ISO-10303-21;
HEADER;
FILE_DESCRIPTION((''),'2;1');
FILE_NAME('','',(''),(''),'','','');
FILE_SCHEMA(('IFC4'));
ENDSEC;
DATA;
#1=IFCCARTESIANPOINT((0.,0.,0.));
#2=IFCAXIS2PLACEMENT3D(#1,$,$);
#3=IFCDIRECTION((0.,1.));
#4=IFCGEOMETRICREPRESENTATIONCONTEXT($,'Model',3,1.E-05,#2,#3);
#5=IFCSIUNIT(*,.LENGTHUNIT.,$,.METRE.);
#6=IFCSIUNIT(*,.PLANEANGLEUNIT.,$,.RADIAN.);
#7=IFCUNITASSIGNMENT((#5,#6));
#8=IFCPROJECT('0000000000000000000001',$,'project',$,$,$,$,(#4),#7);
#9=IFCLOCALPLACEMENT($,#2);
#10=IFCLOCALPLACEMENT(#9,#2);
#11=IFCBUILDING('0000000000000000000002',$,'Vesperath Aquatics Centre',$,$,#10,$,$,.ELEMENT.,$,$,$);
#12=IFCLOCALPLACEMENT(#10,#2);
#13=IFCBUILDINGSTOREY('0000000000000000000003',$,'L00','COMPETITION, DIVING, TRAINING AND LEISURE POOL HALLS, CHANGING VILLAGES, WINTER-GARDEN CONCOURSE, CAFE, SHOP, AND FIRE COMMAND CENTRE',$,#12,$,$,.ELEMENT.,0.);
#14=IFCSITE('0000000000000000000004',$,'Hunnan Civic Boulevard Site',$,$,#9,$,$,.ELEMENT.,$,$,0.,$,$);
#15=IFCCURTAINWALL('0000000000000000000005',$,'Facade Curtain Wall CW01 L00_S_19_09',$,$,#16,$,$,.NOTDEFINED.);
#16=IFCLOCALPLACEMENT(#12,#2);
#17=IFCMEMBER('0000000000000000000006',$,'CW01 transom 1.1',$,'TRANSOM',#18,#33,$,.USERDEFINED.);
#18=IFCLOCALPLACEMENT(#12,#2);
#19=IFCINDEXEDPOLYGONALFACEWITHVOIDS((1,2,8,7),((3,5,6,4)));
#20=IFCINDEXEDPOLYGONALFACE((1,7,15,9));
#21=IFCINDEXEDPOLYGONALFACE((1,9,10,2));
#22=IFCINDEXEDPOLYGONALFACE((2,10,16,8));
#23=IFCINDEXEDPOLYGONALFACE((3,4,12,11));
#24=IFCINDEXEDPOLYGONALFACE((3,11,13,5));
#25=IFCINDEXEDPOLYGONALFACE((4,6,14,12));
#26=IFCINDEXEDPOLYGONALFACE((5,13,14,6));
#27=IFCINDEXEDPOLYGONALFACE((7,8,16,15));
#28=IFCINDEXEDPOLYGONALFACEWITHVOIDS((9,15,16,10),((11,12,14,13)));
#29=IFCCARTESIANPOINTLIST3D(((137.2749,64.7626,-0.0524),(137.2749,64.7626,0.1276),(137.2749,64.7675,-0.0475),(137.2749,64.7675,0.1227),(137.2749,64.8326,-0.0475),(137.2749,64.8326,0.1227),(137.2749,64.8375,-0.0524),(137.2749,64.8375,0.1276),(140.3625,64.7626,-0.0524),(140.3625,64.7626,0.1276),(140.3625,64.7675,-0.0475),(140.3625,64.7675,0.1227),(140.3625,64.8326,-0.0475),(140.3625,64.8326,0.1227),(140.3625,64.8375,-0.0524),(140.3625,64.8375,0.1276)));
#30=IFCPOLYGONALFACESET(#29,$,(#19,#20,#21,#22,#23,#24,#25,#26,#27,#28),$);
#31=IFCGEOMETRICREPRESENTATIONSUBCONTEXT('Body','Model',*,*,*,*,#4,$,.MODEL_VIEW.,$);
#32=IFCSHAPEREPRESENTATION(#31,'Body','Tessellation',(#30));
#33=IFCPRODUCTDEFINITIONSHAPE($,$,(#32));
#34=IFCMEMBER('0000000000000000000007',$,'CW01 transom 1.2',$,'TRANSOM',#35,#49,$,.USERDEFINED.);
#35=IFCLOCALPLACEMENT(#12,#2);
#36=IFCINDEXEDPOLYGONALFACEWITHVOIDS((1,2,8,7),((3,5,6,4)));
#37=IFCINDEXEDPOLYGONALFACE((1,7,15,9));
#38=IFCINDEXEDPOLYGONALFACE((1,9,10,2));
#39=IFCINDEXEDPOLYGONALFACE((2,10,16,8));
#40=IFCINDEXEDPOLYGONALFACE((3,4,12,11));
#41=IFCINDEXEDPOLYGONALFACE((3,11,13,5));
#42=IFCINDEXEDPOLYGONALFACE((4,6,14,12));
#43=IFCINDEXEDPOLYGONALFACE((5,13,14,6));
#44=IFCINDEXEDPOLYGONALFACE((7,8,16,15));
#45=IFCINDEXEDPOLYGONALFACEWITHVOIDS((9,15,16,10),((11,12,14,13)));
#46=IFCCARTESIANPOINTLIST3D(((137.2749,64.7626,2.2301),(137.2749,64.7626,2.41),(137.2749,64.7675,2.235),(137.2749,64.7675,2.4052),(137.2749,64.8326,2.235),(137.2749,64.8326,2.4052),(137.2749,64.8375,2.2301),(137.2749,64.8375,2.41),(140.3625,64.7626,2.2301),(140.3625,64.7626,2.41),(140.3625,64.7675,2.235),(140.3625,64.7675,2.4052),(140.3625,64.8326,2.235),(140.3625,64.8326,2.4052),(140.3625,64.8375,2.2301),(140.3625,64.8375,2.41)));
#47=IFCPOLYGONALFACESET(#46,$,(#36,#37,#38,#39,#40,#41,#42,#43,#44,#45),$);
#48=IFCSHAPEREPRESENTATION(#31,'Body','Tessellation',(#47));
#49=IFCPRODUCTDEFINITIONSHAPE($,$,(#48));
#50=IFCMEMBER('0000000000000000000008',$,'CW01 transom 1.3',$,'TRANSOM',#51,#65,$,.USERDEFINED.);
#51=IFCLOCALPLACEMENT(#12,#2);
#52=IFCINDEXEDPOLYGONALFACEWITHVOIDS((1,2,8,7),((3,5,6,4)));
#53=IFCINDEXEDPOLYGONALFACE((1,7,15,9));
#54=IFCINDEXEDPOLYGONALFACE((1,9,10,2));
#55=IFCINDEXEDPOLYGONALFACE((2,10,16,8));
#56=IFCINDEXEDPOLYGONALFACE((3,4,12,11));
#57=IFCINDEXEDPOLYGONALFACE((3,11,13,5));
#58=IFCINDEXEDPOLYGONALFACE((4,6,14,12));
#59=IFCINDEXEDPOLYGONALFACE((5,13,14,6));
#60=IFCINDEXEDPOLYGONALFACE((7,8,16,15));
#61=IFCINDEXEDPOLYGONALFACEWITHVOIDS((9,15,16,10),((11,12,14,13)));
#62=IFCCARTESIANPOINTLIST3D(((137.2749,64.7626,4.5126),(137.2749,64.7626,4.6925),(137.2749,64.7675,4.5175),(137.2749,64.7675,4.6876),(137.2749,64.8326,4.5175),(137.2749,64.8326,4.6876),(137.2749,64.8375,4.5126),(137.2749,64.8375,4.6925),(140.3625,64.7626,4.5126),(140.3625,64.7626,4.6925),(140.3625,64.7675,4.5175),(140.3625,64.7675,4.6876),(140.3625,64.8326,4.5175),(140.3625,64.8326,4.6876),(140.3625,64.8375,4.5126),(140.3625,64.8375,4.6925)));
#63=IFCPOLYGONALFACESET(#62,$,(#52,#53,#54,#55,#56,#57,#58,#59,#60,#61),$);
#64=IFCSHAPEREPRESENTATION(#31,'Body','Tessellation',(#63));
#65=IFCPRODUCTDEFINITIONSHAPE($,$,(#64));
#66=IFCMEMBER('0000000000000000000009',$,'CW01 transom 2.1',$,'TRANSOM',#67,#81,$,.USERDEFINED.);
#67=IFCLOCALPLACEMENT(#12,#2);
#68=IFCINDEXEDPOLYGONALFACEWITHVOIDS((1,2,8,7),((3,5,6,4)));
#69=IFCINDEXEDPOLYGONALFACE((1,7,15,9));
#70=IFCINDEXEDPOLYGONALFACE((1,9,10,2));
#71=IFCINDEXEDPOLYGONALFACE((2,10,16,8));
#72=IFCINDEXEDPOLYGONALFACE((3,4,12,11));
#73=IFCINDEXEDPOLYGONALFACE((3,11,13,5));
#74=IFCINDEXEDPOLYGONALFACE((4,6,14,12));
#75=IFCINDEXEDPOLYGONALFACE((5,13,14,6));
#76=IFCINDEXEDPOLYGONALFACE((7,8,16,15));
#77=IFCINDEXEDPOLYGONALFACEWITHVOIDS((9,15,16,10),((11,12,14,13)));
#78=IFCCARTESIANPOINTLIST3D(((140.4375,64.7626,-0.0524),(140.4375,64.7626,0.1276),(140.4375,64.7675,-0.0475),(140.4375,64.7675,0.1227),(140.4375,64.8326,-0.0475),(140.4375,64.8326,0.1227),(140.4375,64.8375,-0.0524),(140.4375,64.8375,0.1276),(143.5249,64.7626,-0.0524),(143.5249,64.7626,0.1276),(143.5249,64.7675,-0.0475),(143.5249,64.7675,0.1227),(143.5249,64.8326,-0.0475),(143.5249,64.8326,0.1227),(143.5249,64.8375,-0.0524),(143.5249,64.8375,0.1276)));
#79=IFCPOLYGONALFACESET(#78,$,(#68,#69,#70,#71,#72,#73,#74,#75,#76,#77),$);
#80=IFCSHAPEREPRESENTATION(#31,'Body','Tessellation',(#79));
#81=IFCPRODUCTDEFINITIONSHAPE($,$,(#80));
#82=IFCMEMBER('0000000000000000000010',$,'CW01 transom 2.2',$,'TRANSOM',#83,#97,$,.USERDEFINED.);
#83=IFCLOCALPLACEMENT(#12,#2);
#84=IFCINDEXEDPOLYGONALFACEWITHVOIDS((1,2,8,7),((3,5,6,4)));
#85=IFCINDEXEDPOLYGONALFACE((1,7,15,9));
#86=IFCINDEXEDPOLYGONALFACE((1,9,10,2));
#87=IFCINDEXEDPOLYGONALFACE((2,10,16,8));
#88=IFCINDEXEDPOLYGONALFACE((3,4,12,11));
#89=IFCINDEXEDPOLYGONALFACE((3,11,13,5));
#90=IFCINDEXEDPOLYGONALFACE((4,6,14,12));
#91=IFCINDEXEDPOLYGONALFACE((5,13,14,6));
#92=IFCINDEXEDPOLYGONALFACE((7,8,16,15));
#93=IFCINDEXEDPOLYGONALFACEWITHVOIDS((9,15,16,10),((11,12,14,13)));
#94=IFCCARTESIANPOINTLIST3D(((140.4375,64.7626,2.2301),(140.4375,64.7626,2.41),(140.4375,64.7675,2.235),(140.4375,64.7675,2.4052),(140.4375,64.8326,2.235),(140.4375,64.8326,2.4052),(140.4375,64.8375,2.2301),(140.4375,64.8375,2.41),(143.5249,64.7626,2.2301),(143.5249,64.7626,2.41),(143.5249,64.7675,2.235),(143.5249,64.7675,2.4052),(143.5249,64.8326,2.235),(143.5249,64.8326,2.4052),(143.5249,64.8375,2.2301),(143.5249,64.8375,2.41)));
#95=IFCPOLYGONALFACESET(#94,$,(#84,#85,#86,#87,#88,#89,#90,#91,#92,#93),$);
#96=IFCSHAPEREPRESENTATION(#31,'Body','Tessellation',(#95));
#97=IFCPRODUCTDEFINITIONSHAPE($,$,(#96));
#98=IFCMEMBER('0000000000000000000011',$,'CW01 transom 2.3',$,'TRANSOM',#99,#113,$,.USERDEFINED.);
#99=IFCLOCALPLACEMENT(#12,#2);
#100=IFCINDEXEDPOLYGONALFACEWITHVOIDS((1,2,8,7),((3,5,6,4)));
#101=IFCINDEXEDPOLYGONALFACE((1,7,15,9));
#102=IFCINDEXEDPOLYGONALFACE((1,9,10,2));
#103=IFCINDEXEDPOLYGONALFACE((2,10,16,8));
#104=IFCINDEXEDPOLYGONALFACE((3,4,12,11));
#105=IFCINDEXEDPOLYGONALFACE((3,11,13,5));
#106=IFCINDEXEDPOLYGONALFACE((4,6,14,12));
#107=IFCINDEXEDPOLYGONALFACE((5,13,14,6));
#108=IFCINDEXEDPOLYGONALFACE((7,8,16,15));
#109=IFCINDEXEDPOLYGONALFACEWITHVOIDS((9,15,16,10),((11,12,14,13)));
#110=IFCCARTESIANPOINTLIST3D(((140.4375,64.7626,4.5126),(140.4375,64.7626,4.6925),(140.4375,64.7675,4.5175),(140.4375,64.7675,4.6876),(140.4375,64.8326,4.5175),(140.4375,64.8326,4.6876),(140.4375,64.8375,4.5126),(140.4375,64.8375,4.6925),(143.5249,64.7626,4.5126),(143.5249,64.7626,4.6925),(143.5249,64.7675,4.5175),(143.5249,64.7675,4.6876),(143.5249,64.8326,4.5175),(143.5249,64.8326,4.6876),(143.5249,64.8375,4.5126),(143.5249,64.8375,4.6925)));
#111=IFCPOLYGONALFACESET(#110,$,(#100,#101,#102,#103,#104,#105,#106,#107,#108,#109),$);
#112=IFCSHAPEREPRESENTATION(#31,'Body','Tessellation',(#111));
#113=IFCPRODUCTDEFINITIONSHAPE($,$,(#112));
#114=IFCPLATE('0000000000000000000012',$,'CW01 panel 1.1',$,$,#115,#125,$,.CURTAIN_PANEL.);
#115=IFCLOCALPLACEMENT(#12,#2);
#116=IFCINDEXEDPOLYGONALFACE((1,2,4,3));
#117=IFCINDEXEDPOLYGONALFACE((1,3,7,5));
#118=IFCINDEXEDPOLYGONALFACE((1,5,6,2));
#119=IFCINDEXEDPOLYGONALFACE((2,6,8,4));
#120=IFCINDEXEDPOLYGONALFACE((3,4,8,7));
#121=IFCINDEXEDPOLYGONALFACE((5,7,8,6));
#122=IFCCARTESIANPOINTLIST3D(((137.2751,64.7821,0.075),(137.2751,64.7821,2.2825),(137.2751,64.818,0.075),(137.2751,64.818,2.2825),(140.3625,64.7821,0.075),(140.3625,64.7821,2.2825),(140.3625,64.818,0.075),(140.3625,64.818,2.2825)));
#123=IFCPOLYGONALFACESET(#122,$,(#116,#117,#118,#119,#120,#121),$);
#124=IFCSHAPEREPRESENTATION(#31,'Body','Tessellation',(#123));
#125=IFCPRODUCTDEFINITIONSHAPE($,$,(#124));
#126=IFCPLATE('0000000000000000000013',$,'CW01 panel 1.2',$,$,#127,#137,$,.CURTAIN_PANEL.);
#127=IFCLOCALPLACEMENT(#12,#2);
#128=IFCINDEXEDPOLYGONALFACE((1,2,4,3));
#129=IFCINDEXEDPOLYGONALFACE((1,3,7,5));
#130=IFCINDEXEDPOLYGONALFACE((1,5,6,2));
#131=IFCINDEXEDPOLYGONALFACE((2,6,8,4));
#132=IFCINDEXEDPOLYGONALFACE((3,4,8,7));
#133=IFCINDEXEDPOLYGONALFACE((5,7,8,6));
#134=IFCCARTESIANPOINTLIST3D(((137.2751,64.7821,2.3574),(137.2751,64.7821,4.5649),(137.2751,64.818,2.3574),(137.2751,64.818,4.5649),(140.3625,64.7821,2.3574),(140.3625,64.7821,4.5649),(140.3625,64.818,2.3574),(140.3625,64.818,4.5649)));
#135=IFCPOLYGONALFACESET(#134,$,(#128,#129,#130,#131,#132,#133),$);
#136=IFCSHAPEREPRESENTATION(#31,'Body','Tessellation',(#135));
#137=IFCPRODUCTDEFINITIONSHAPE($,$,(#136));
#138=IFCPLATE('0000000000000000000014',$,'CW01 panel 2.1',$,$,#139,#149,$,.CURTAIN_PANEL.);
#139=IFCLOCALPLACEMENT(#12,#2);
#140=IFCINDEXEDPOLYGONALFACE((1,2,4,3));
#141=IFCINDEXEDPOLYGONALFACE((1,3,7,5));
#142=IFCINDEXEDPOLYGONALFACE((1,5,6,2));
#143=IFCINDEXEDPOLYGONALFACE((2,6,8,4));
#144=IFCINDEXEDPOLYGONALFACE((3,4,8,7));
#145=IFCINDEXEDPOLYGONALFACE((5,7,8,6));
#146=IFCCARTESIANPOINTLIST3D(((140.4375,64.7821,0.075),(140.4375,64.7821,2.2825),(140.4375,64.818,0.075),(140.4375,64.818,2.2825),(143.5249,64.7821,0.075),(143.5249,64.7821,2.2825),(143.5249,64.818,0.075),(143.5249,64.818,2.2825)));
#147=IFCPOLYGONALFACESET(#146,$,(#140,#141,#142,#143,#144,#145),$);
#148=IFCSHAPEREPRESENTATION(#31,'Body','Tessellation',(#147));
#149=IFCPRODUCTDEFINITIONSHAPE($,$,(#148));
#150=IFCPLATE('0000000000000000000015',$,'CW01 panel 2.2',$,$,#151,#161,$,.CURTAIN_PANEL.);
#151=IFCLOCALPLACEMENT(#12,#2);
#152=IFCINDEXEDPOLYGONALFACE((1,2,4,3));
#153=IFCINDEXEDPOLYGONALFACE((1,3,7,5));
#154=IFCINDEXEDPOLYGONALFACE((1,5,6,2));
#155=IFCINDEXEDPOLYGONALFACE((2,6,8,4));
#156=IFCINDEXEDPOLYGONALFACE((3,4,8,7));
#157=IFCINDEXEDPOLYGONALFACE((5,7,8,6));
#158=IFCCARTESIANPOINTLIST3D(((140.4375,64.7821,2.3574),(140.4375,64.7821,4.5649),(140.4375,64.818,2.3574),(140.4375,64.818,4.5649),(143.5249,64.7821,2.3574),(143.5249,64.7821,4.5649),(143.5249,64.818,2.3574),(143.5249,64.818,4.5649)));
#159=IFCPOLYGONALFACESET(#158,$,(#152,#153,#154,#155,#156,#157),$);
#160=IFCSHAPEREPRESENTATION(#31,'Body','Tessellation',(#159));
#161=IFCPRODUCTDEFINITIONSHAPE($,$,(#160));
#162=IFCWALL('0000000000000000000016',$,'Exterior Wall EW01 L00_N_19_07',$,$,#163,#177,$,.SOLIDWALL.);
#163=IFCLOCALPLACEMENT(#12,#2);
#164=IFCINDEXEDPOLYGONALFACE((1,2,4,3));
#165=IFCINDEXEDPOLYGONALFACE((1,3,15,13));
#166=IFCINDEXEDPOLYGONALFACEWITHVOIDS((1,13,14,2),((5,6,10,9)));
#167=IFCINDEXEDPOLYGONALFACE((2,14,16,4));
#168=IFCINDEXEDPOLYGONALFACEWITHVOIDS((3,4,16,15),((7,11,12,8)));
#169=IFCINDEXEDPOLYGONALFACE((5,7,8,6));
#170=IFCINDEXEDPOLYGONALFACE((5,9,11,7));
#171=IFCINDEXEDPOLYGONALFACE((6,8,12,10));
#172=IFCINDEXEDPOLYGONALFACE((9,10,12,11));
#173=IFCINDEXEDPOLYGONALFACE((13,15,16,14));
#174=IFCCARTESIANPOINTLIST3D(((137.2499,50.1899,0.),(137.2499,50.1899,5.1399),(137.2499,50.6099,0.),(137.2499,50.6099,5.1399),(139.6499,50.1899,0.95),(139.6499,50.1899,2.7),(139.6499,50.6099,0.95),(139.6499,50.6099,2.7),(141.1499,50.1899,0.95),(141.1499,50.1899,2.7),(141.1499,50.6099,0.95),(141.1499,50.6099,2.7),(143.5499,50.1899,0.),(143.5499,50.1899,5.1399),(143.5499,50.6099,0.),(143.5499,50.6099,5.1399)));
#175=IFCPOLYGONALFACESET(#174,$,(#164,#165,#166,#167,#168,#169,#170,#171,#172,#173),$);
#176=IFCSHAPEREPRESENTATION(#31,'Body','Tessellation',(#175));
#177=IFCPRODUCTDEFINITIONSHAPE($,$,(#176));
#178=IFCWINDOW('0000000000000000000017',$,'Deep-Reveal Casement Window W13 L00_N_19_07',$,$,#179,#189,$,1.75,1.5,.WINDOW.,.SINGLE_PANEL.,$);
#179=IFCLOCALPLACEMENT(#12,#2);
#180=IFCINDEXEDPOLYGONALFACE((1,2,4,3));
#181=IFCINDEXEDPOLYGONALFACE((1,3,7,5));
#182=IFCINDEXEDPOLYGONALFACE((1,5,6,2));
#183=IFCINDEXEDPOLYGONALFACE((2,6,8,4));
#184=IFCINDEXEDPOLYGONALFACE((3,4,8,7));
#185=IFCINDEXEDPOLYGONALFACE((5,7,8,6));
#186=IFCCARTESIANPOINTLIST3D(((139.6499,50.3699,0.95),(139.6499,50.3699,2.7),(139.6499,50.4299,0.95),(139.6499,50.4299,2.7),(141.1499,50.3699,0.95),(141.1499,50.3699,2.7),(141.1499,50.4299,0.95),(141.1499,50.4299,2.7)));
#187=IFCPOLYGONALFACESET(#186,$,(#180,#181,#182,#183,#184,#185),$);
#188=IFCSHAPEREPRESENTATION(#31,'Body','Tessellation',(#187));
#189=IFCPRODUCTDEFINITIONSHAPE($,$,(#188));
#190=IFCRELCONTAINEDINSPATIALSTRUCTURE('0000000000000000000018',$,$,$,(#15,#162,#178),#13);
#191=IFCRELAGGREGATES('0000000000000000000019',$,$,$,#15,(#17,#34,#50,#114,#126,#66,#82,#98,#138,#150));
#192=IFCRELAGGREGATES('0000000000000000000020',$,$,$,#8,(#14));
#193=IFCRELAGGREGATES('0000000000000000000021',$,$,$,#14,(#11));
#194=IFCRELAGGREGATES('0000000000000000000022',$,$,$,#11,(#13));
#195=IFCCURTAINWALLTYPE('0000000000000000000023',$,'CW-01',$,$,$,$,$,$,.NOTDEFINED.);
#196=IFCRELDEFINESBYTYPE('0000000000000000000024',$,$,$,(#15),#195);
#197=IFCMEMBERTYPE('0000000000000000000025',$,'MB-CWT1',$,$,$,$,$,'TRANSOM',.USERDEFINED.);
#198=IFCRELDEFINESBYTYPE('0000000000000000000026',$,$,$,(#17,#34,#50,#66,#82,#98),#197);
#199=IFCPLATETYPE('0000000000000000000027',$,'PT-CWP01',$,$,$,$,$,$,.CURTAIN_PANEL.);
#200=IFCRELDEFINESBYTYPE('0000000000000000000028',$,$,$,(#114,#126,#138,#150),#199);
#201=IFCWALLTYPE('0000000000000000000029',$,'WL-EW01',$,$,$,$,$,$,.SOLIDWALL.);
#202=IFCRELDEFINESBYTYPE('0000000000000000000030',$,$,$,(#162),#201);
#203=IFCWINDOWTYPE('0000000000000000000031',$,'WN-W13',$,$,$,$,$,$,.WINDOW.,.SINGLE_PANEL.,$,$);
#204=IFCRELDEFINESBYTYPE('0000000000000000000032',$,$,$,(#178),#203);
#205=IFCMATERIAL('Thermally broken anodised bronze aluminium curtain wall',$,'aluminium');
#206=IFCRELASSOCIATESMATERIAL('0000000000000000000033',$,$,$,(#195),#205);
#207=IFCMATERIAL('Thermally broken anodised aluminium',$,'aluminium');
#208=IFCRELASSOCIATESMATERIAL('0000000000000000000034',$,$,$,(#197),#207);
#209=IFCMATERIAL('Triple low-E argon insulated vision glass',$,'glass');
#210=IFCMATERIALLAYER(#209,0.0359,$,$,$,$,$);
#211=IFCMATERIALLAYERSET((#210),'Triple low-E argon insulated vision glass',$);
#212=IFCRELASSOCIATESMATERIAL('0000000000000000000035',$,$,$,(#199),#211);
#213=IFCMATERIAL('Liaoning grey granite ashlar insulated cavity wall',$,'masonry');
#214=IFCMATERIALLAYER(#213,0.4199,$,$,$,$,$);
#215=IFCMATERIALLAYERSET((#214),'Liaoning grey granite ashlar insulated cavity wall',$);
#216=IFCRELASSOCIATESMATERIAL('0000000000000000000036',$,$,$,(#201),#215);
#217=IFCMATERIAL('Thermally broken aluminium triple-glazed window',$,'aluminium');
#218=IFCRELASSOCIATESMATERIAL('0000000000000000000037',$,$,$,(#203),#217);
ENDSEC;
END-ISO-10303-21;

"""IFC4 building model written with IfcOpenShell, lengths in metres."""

from ifc_helpers import new_model, si_unit, direction, frame, frame_2d, origin, origin_2d, place, context, subcontext, project, spatial, rectangle, hollow_rectangle, extrude, material, layer, layer_set, material_profile, profile_set, type_object, element, fill, aggregate, save


model = new_model("IFC4")

# Units and contexts
model_context = context("Model", 3, precision=1e-05, world=origin(), true_north=direction((0.0, 1.0)))
body_context = subcontext(model_context, "Body", "Model", "MODEL_VIEW")
ifc_project = project(units=[si_unit("LENGTHUNIT", "METRE"), si_unit("PLANEANGLEUNIT", "RADIAN")], contexts=[model_context])

# Site, building, storey
site_placement = place(None, origin())
site = spatial("IfcSite", under=ifc_project, at=site_placement, Name="Hunnan Civic Boulevard Site", CompositionType="ELEMENT", RefElevation=0.0)
building_placement = place(site_placement, origin())
building = spatial("IfcBuilding", under=site, at=building_placement, Name="Vesperath Aquatics Centre", CompositionType="ELEMENT")
storey_placement = place(building_placement, origin())
storey = spatial("IfcBuildingStorey", under=building, at=storey_placement, Name="L00", Description="COMPETITION, DIVING, TRAINING AND LEISURE POOL HALLS, CHANGING VILLAGES, WINTER-GARDEN CONCOURSE, CAFE, SHOP, AND FIRE COMMAND CENTRE", CompositionType="ELEMENT", Elevation=0.0)

# Curtain wall, members, plates
ifc_material_1 = material(Name="Thermally broken anodised bronze aluminium curtain wall", Category="aluminium")
curtain_wall_type = type_object("IfcCurtainWallType", Name="CW-01", PredefinedType="NOTDEFINED", material=ifc_material_1)
curtain_wall_placement = place(storey_placement, origin())
curtain_wall = element("IfcCurtainWall", 1, at=curtain_wall_placement, inside=storey, type_object=curtain_wall_type, Name="Facade Curtain Wall CW01 L00_S_19_09", PredefinedType="NOTDEFINED")
ifc_material_2 = material(Name="Thermally broken anodised aluminium", Category="aluminium")
ifc_material_profile_1 = material_profile(ifc_material_2, hollow_rectangle(XDim=0.075, YDim=0.1799, WallThickness=0.0049, at=origin_2d()), Name="CWT 75x180x5")
ifc_profile_set_1 = profile_set([ifc_material_profile_1], Name="Thermally broken anodised aluminium")
member_type_1 = type_object("IfcMemberType", Name="MB-CWT1", ElementType="TRANSOM", PredefinedType="USERDEFINED", material=ifc_profile_set_1)
member_1_placement = place(storey_placement, frame((137.2749, 64.8, 0.0376), z_axis=(1.0, 0.0, 0.0), x_axis=(0.0, 1.0, 0.0)))
member_1 = element("IfcMember", 2, at=member_1_placement, type_object=member_type_1, Name="CW01 transom 1.1", ObjectType="TRANSOM", PredefinedType="USERDEFINED", context=body_context, shape_type="SweptSolid", body=[
    extrude(hollow_rectangle(XDim=0.075, YDim=0.1799, WallThickness=0.0049, at=origin_2d()), origin(), (0.0, 0.0, 1.0), 3.0876),
])
member_2_placement = place(storey_placement, frame((137.2749, 64.8, 2.3201), z_axis=(1.0, 0.0, 0.0), x_axis=(0.0, 1.0, 0.0)))
member_2 = element("IfcMember", 3, at=member_2_placement, type_object=member_type_1, Name="CW01 transom 1.2", ObjectType="TRANSOM", PredefinedType="USERDEFINED", context=body_context, shape_type="SweptSolid", body=[
    extrude(hollow_rectangle(XDim=0.075, YDim=0.1799, WallThickness=0.0049, at=origin_2d()), origin(), (0.0, 0.0, 1.0), 3.0876),
])
member_3_placement = place(storey_placement, frame((137.2749, 64.8, 4.6025), z_axis=(1.0, 0.0, 0.0), x_axis=(0.0, 1.0, 0.0)))
member_3 = element("IfcMember", 4, at=member_3_placement, type_object=member_type_1, Name="CW01 transom 1.3", ObjectType="TRANSOM", PredefinedType="USERDEFINED", context=body_context, shape_type="SweptSolid", body=[
    extrude(hollow_rectangle(XDim=0.075, YDim=0.1799, WallThickness=0.0049, at=origin_2d()), origin(), (0.0, 0.0, 1.0), 3.0876),
])
member_4_placement = place(storey_placement, frame((140.4375, 64.8, 0.0376), z_axis=(1.0, 0.0, 0.0), x_axis=(0.0, 1.0, 0.0)))
member_4 = element("IfcMember", 5, at=member_4_placement, type_object=member_type_1, Name="CW01 transom 2.1", ObjectType="TRANSOM", PredefinedType="USERDEFINED", context=body_context, shape_type="SweptSolid", body=[
    extrude(hollow_rectangle(XDim=0.075, YDim=0.1799, WallThickness=0.0049, at=origin_2d()), origin(), (0.0, 0.0, 1.0), 3.0874),
])
member_5_placement = place(storey_placement, frame((140.4375, 64.8, 2.3201), z_axis=(1.0, 0.0, 0.0), x_axis=(0.0, 1.0, 0.0)))
member_5 = element("IfcMember", 6, at=member_5_placement, type_object=member_type_1, Name="CW01 transom 2.2", ObjectType="TRANSOM", PredefinedType="USERDEFINED", context=body_context, shape_type="SweptSolid", body=[
    extrude(hollow_rectangle(XDim=0.075, YDim=0.1799, WallThickness=0.0049, at=origin_2d()), origin(), (0.0, 0.0, 1.0), 3.0874),
])
member_6_placement = place(storey_placement, frame((140.4375, 64.8, 4.6025), z_axis=(1.0, 0.0, 0.0), x_axis=(0.0, 1.0, 0.0)))
member_6 = element("IfcMember", 7, at=member_6_placement, type_object=member_type_1, Name="CW01 transom 2.3", ObjectType="TRANSOM", PredefinedType="USERDEFINED", context=body_context, shape_type="SweptSolid", body=[
    extrude(hollow_rectangle(XDim=0.075, YDim=0.1799, WallThickness=0.0049, at=origin_2d()), origin(), (0.0, 0.0, 1.0), 3.0874),
])
ifc_material_3 = material(Name="Triple low-E argon insulated vision glass", Category="glass")
ifc_layer_1 = layer(ifc_material_3, 0.0359)
ifc_layer_set_1 = layer_set([ifc_layer_1], Name="Triple low-E argon insulated vision glass")
plate_type = type_object("IfcPlateType", Name="PT-CWP01", PredefinedType="CURTAIN_PANEL", material=ifc_layer_set_1)
plate_1_placement = place(storey_placement, frame((138.8188, 64.8, 0.075), z_axis=(0.0, 0.0, 1.0), x_axis=(1.0, 0.0, 0.0)))
plate_1 = element("IfcPlate", 8, at=plate_1_placement, type_object=plate_type, Name="CW01 panel 1.1", PredefinedType="CURTAIN_PANEL", context=body_context, shape_type="SweptSolid", body=[
    extrude(rectangle(XDim=3.0874, YDim=0.0359, at=origin_2d()), origin(), (0.0, 0.0, 1.0), 2.2075),
])
plate_2_placement = place(storey_placement, frame((138.8188, 64.8, 2.3574), z_axis=(0.0, 0.0, 1.0), x_axis=(1.0, 0.0, 0.0)))
plate_2 = element("IfcPlate", 9, at=plate_2_placement, type_object=plate_type, Name="CW01 panel 1.2", PredefinedType="CURTAIN_PANEL", context=body_context, shape_type="SweptSolid", body=[
    extrude(rectangle(XDim=3.0874, YDim=0.0359, at=origin_2d()), origin(), (0.0, 0.0, 1.0), 2.2075),
])
plate_3_placement = place(storey_placement, frame((141.9812, 64.8, 0.075), z_axis=(0.0, 0.0, 1.0), x_axis=(1.0, 0.0, 0.0)))
plate_3 = element("IfcPlate", 10, at=plate_3_placement, type_object=plate_type, Name="CW01 panel 2.1", PredefinedType="CURTAIN_PANEL", context=body_context, shape_type="SweptSolid", body=[
    extrude(rectangle(XDim=3.0874, YDim=0.0359, at=origin_2d()), origin(), (0.0, 0.0, 1.0), 2.2075),
])
plate_4_placement = place(storey_placement, frame((141.9812, 64.8, 2.3574), z_axis=(0.0, 0.0, 1.0), x_axis=(1.0, 0.0, 0.0)))
plate_4 = element("IfcPlate", 11, at=plate_4_placement, type_object=plate_type, Name="CW01 panel 2.2", PredefinedType="CURTAIN_PANEL", context=body_context, shape_type="SweptSolid", body=[
    extrude(rectangle(XDim=3.0874, YDim=0.0359, at=origin_2d()), origin(), (0.0, 0.0, 1.0), 2.2075),
])
aggregate(curtain_wall, [member_1, member_2, member_3, plate_1, plate_2, member_4, member_5, member_6, plate_3, plate_4])

# Wall, opening, window
ifc_material_4 = material(Name="Liaoning grey granite ashlar insulated cavity wall", Category="masonry")
ifc_layer_2 = layer(ifc_material_4, 0.4199)
ifc_layer_set_2 = layer_set([ifc_layer_2], Name="Liaoning grey granite ashlar insulated cavity wall")
wall_type = type_object("IfcWallType", Name="WL-EW01", PredefinedType="SOLIDWALL", material=ifc_layer_set_2)
wall_1_placement = place(storey_placement, frame((137.25, 50.3999, 0.0), z_axis=(0.0, 0.0, 1.0), x_axis=(1.0, 0.0, 0.0)))
wall_1 = element("IfcWall", 12, at=wall_1_placement, inside=storey, type_object=wall_type, Name="Exterior Wall EW01 L00_N_19_07", PredefinedType="SOLIDWALL", context=body_context, shape_type="SweptSolid", body=[
    extrude(rectangle(XDim=6.3, YDim=0.4199, at=frame_2d((3.1499, 0.0))), origin(), (0.0, 0.0, 1.0), 5.1399),
])
opening_1_placement = place(wall_1_placement, frame((2.3999, 0.0, 0.95)))
opening_1 = element("IfcOpeningElement", 13, at=opening_1_placement, cuts=wall_1, PredefinedType="OPENING", context=body_context, shape_type="SweptSolid", body=[
    extrude(rectangle(XDim=1.5, YDim=1.75, at=frame_2d((0.75, 0.875))), frame((0.0, 0.2249, 0.0), z_axis=(0.0, -1.0, 0.0), x_axis=(1.0, 0.0, 0.0)), (0.0, 0.0, 1.0), 0.4497),
])
ifc_material_5 = material(Name="Thermally broken aluminium triple-glazed window", Category="aluminium")
window_type_1 = type_object("IfcWindowType", Name="WN-W13", PartitioningType="SINGLE_PANEL", PredefinedType="WINDOW", material=ifc_material_5)
window_1_placement = place(opening_1_placement, origin())
window_1 = element("IfcWindow", 14, at=window_1_placement, inside=storey, type_object=window_type_1, Name="Deep-Reveal Casement Window W13 L00_N_19_07", OverallHeight=1.75, OverallWidth=1.5, PartitioningType="SINGLE_PANEL", PredefinedType="WINDOW", context=body_context, shape_type="SweptSolid", body=[
    extrude(rectangle(XDim=1.5, YDim=1.75, at=frame_2d((0.75, 0.875))), frame((0.0, 0.03, 0.0), z_axis=(0.0, -1.0, 0.0), x_axis=(1.0, 0.0, 0.0)), (0.0, 0.0, 1.0), 0.0601),
])
fill(opening_1, window_1)

save(model, "model.ifc")
